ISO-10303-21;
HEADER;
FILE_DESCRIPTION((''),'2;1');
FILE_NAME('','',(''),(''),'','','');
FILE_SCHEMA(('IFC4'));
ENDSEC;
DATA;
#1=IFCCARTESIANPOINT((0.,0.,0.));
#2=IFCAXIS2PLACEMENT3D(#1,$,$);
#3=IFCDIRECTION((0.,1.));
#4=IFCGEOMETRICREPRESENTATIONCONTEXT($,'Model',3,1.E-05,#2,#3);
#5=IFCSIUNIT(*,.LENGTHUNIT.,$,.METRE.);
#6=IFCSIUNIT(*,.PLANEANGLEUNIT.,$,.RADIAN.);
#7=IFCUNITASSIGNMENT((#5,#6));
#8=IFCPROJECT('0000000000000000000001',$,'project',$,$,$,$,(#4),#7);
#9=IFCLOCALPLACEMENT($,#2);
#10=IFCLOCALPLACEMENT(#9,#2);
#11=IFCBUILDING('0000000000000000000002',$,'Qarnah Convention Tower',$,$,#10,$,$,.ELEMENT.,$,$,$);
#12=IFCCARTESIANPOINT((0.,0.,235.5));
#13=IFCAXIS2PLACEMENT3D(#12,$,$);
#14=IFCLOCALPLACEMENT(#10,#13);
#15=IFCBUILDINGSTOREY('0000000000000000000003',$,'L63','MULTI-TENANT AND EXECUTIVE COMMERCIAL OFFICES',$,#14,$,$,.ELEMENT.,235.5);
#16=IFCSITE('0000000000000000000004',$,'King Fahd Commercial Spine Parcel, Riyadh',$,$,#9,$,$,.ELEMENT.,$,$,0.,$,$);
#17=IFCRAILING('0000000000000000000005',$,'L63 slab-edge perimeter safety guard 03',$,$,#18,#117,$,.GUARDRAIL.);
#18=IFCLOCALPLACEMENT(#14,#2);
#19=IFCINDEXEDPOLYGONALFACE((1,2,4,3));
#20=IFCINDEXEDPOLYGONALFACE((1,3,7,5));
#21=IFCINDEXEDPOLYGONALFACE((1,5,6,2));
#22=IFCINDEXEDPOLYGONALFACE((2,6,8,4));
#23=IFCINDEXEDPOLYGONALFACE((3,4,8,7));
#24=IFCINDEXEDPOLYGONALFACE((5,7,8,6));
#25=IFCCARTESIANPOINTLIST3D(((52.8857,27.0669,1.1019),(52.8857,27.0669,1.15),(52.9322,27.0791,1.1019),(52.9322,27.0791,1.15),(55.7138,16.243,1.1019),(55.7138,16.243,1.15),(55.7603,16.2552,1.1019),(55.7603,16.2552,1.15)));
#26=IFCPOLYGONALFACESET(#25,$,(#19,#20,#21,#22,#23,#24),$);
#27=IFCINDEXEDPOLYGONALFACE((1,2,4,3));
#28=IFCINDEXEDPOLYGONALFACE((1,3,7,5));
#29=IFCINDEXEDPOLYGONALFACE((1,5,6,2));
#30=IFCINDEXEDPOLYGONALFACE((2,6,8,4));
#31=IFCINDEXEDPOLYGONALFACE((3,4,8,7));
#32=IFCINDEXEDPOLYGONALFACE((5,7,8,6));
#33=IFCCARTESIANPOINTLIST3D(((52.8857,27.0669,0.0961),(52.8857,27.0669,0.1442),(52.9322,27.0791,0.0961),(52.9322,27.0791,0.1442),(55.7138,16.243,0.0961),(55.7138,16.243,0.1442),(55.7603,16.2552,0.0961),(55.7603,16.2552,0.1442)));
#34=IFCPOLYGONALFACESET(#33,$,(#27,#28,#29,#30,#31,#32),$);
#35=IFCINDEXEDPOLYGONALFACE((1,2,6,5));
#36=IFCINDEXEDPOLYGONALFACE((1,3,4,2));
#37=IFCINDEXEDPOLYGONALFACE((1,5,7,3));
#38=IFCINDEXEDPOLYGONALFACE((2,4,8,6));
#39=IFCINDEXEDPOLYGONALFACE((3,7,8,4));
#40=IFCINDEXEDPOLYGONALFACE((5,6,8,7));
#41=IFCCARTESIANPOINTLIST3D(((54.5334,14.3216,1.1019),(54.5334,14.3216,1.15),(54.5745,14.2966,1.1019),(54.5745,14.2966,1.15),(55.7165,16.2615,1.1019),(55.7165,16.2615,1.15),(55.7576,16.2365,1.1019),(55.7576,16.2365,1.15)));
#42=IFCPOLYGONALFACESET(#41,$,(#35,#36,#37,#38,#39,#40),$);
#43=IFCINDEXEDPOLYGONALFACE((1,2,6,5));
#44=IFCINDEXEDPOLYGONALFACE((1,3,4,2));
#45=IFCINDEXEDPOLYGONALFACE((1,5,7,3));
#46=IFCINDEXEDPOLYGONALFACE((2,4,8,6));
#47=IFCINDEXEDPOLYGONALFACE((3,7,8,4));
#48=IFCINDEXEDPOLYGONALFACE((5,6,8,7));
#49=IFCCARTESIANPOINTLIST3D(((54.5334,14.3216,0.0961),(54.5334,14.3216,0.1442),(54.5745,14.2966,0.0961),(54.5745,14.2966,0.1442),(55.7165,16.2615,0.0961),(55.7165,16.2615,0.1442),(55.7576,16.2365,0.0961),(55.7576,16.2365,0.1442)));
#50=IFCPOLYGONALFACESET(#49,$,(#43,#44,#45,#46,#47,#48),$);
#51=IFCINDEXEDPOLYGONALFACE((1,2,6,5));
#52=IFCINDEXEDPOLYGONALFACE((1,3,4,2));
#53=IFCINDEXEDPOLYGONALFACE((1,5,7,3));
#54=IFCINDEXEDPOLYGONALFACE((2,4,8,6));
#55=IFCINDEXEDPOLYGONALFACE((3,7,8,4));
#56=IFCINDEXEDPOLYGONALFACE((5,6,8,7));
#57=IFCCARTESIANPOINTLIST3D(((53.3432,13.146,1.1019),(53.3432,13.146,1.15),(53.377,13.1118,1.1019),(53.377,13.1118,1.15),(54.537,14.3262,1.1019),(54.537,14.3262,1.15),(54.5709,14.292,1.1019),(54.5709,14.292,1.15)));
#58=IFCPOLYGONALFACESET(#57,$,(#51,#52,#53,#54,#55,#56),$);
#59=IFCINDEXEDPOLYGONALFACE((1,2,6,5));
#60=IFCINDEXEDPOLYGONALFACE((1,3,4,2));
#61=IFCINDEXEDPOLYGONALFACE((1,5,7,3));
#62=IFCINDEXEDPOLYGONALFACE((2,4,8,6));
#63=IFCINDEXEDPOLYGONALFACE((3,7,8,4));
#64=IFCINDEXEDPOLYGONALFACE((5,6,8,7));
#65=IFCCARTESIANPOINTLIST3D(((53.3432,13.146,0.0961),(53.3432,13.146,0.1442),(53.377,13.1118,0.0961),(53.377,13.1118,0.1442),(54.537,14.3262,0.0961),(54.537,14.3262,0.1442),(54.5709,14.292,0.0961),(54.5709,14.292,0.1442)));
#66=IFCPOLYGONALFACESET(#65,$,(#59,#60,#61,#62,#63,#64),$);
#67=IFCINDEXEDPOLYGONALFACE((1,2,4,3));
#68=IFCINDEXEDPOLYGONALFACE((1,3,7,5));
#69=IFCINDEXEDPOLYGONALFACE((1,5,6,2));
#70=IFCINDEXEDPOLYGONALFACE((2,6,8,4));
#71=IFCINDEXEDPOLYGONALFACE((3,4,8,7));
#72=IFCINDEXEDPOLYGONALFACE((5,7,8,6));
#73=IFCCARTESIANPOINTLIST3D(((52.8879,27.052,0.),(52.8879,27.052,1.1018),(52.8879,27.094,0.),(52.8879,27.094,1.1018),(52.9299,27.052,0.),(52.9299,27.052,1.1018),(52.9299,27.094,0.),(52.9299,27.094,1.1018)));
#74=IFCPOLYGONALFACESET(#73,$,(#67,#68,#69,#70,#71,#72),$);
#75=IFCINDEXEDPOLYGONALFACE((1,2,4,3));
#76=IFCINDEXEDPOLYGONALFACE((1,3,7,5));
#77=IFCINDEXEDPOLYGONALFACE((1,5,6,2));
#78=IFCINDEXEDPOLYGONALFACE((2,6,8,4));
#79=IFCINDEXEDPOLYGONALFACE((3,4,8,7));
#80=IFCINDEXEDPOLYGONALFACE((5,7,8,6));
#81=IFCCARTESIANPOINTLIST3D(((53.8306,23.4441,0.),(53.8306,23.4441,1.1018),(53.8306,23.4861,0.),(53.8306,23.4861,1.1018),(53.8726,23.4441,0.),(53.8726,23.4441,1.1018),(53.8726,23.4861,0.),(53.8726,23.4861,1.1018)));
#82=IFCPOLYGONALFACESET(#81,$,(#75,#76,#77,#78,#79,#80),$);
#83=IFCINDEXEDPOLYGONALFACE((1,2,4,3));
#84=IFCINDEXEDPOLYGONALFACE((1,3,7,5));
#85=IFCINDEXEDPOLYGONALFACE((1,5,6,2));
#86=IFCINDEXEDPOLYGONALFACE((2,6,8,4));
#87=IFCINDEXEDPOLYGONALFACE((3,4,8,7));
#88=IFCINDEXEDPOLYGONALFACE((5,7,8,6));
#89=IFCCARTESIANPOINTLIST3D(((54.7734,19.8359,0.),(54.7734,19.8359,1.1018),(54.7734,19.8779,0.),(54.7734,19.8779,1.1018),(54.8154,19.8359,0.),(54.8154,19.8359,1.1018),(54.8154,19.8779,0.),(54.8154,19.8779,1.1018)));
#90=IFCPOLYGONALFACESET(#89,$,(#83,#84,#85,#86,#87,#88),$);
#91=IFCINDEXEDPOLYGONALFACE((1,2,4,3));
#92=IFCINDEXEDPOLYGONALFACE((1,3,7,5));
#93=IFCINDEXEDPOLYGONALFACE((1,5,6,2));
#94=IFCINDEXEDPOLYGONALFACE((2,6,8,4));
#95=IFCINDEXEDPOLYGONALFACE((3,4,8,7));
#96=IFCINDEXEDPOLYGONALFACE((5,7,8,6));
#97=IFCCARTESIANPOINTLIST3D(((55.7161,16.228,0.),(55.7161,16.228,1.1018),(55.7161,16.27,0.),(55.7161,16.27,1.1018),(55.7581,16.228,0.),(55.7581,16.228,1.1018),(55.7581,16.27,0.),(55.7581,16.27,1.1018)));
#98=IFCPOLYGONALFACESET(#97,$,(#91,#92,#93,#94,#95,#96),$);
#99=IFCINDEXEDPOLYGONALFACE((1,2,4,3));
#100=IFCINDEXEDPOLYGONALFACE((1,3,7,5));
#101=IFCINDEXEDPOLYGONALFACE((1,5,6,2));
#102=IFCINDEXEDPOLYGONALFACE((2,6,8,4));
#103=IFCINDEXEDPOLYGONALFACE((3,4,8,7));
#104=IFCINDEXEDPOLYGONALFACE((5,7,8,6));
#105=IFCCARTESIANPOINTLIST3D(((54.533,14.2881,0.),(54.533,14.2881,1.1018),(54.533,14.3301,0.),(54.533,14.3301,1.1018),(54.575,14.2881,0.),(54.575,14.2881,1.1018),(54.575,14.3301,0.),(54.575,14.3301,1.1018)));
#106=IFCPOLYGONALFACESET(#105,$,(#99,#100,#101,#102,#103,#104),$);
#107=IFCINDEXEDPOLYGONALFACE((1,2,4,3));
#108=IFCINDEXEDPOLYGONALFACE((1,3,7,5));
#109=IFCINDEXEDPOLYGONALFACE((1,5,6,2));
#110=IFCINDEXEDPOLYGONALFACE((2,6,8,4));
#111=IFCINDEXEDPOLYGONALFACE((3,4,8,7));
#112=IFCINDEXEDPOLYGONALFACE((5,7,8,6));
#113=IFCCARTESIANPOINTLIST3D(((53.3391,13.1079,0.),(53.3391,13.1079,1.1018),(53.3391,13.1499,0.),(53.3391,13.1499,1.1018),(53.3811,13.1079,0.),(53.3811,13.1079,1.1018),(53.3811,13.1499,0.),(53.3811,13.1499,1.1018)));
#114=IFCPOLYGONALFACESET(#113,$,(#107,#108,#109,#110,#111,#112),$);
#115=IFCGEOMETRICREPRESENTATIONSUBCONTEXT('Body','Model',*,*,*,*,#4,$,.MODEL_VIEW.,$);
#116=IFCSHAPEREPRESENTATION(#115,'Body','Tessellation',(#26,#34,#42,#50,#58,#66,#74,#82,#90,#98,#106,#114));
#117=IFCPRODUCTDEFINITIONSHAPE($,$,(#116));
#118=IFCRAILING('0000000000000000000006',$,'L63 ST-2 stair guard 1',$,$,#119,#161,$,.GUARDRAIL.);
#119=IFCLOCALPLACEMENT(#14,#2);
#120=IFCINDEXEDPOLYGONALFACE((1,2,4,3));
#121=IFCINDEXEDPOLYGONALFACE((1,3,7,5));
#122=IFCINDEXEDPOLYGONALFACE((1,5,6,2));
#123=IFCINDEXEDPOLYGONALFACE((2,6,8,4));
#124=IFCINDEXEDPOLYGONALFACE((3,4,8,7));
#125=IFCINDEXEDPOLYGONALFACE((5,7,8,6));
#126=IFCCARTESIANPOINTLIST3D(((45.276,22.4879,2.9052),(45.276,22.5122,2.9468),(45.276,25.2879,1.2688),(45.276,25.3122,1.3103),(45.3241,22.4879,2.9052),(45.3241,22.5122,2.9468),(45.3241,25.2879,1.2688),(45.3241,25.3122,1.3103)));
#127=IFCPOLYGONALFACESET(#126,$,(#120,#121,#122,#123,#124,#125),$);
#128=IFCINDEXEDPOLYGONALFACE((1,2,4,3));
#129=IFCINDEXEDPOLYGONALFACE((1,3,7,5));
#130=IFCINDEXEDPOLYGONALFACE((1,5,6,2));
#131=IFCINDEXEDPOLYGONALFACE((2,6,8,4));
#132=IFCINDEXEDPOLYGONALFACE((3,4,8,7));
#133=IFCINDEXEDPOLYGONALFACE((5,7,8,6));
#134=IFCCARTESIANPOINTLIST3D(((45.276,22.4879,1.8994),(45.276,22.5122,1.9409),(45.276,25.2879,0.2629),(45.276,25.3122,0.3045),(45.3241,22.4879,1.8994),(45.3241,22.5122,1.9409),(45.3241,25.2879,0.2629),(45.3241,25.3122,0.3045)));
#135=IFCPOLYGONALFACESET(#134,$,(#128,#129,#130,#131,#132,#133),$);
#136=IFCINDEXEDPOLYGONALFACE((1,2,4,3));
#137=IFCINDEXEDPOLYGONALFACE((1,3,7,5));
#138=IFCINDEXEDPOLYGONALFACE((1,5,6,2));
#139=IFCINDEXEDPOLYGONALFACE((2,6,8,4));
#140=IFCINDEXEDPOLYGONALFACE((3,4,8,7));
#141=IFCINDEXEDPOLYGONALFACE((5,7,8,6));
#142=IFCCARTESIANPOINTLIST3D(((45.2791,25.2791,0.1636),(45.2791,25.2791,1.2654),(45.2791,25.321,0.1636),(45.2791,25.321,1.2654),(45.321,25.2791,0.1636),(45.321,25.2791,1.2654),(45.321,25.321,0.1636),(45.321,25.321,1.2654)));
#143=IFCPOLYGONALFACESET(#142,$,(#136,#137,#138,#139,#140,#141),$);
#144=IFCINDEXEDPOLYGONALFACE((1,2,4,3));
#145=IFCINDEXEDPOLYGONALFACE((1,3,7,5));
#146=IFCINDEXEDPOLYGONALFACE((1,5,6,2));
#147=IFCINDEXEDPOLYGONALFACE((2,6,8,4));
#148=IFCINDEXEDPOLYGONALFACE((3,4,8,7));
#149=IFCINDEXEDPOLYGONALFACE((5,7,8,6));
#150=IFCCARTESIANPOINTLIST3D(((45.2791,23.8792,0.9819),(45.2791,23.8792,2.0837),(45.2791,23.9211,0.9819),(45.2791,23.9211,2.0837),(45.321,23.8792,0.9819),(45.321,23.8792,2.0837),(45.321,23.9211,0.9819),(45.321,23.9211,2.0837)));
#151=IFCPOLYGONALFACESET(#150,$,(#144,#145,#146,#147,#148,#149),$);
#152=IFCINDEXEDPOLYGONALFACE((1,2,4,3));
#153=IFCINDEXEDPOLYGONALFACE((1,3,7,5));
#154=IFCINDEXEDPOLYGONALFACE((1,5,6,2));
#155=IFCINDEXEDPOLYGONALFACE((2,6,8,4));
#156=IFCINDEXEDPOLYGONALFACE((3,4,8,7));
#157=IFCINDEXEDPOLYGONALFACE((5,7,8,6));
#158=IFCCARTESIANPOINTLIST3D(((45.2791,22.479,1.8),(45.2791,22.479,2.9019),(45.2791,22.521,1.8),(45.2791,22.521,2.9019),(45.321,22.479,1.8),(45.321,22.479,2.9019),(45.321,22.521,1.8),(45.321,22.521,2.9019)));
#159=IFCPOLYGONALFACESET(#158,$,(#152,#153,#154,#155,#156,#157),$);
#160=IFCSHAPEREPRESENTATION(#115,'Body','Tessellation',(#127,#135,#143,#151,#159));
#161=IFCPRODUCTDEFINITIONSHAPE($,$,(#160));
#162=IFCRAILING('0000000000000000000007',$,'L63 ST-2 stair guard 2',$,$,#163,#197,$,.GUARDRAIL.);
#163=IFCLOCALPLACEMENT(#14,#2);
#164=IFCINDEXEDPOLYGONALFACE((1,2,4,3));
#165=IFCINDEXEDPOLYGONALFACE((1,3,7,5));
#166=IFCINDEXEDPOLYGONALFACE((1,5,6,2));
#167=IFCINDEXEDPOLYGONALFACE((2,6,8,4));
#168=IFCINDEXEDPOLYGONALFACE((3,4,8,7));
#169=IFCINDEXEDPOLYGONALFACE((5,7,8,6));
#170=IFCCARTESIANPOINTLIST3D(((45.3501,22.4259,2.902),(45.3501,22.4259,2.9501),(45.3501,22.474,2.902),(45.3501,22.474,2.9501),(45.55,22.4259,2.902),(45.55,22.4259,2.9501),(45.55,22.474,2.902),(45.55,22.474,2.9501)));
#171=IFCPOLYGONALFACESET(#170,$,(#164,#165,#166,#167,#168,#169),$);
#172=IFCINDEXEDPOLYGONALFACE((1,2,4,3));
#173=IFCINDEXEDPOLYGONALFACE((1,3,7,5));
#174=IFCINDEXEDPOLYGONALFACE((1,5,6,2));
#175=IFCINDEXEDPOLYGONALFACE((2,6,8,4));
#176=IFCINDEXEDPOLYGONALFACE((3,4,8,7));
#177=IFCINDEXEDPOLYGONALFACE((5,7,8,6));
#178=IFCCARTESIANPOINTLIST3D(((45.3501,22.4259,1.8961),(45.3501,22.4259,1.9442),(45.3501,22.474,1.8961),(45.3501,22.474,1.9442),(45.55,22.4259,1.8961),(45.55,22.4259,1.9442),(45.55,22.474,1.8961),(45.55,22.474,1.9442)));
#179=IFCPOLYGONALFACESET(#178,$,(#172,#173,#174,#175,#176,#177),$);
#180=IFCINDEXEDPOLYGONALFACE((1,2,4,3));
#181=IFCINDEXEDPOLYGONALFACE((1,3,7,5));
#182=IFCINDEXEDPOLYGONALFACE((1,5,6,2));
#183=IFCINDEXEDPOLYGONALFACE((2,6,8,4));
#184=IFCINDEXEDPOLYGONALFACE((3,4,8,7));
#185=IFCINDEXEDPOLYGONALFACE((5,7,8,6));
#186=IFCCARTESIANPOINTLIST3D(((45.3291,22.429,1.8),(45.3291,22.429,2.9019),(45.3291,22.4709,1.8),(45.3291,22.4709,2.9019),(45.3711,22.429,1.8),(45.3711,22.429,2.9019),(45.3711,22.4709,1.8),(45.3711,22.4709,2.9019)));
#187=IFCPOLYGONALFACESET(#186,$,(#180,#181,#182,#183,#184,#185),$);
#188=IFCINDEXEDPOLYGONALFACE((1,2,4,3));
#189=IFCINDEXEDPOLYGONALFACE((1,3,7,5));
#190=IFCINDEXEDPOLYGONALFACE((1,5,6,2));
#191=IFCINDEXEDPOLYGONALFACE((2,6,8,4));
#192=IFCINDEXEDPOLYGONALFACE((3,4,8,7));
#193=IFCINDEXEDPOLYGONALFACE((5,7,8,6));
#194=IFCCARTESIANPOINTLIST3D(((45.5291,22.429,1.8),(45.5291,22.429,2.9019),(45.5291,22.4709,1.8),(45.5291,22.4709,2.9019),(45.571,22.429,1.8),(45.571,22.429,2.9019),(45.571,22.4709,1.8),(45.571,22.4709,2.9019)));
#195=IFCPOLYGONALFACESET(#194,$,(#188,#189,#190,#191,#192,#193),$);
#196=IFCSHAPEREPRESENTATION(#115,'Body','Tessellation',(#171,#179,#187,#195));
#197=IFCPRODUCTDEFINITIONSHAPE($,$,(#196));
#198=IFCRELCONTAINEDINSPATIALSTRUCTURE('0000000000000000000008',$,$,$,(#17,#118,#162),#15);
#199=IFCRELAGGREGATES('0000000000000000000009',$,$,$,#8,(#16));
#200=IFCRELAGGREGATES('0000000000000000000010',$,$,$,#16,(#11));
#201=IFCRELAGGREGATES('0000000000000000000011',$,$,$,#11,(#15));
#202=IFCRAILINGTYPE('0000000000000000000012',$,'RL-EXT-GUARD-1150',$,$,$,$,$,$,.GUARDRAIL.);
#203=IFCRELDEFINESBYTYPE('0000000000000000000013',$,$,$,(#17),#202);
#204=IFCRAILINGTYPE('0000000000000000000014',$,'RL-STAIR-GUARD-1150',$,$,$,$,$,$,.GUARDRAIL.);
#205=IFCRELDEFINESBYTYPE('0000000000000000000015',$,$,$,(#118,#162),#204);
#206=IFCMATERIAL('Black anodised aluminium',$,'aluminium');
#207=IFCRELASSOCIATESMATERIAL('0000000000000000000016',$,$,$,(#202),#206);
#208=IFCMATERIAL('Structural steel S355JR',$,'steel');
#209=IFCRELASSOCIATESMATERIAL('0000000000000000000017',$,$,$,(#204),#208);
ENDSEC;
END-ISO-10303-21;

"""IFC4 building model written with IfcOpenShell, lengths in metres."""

from ifc_helpers import new_model, si_unit, direction, frame, origin, origin_2d, place, context, subcontext, project, spatial, rectangle, extrude, material, type_object, element, save


model = new_model("IFC4")

# Units and contexts
model_context = context("Model", 3, precision=1e-05, world=origin(), true_north=direction((0.0, 1.0)))
body_context = subcontext(model_context, "Body", "Model", "MODEL_VIEW")
ifc_project = project(units=[si_unit("LENGTHUNIT", "METRE"), si_unit("PLANEANGLEUNIT", "RADIAN")], contexts=[model_context])

# Site, building, storey
site_placement = place(None, origin())
site = spatial("IfcSite", under=ifc_project, at=site_placement, Name="King Fahd Commercial Spine Parcel, Riyadh", CompositionType="ELEMENT", RefElevation=0.0)
building_placement = place(site_placement, origin())
building = spatial("IfcBuilding", under=site, at=building_placement, Name="Qarnah Convention Tower", CompositionType="ELEMENT")
storey_placement = place(building_placement, frame((0.0, 0.0, 235.5)))
storey = spatial("IfcBuildingStorey", under=building, at=storey_placement, Name="L63", Description="MULTI-TENANT AND EXECUTIVE COMMERCIAL OFFICES", CompositionType="ELEMENT", Elevation=235.5)

# Shared definitions
ifc_material_1 = material(Name="Structural steel S355JR", Category="steel")

# Shared definitions
ifc_material_2 = material(Name="Black anodised aluminium", Category="aluminium")

# Railings
railing_type_1 = type_object("IfcRailingType", Name="RL-EXT-GUARD-1150", PredefinedType="GUARDRAIL", material=ifc_material_2)
railing_1_placement = place(storey_placement, frame((52.9089, 27.073, 0.0)))
element("IfcRailing", 1, at=railing_1_placement, inside=storey, type_object=railing_type_1, Name="L63 slab-edge perimeter safety guard 03", PredefinedType="GUARDRAIL", context=body_context, shape_type="SweptSolid", body=[
    extrude(rectangle(XDim=0.0481, YDim=0.0481, at=origin_2d()), frame((0.0, 0.0, 1.126), z_axis=(0.252797, -0.967519, 0.0), x_axis=(0.967519, 0.252797, 0.0)), (0.0, 0.0, 1.0), 11.1873),
    extrude(rectangle(XDim=0.0481, YDim=0.0481, at=origin_2d()), frame((0.0, 0.0, 0.1201), z_axis=(0.252797, -0.967519, 0.0), x_axis=(0.967519, 0.252797, 0.0)), (0.0, 0.0, 1.0), 11.1873),
    extrude(rectangle(XDim=0.0481, YDim=0.0481, at=origin_2d()), frame((2.8281, -10.824, 1.126), z_axis=(-0.520676, -0.853754, 0.0), x_axis=(0.853754, -0.520676, 0.0)), (0.0, 0.0, 1.0), 2.2722),
    extrude(rectangle(XDim=0.0481, YDim=0.0481, at=origin_2d()), frame((2.8281, -10.824, 0.1201), z_axis=(-0.520676, -0.853754, 0.0), x_axis=(0.853754, -0.520676, 0.0)), (0.0, 0.0, 1.0), 2.2722),
    extrude(rectangle(XDim=0.0481, YDim=0.0481, at=origin_2d()), frame((1.645, -12.7639, 1.126), z_axis=(-0.711167, -0.703023, 0.0), x_axis=(0.703023, -0.711167, 0.0)), (0.0, 0.0, 1.0), 1.6787),
    extrude(rectangle(XDim=0.0481, YDim=0.0481, at=origin_2d()), frame((1.645, -12.7639, 0.1201), z_axis=(-0.711167, -0.703023, 0.0), x_axis=(0.703023, -0.711167, 0.0)), (0.0, 0.0, 1.0), 1.6787),
    extrude(rectangle(XDim=0.042, YDim=0.042, at=origin_2d()), origin(), (0.0, 0.0, 1.0), 1.1018),
    extrude(rectangle(XDim=0.042, YDim=0.042, at=origin_2d()), frame((0.9426, -3.6079, 0.0)), (0.0, 0.0, 1.0), 1.1018),
    extrude(rectangle(XDim=0.042, YDim=0.042, at=origin_2d()), frame((1.8855, -7.2161, 0.0)), (0.0, 0.0, 1.0), 1.1018),
    extrude(rectangle(XDim=0.042, YDim=0.042, at=origin_2d()), frame((2.8281, -10.824, 0.0)), (0.0, 0.0, 1.0), 1.1018),
    extrude(rectangle(XDim=0.042, YDim=0.042, at=origin_2d()), frame((1.645, -12.7639, 0.0)), (0.0, 0.0, 1.0), 1.1018),
    extrude(rectangle(XDim=0.042, YDim=0.042, at=origin_2d()), frame((0.4512, -13.9441, 0.0)), (0.0, 0.0, 1.0), 1.1018),
])
railing_type_2 = type_object("IfcRailingType", Name="RL-STAIR-GUARD-1150", PredefinedType="GUARDRAIL", material=ifc_material_1)
railing_2_placement = place(storey_placement, frame((45.3, 25.3, 0.1636)))
element("IfcRailing", 2, at=railing_2_placement, inside=storey, type_object=railing_type_2, Name="L63 ST-2 stair guard 1", PredefinedType="GUARDRAIL", context=body_context, shape_type="SweptSolid", body=[
    extrude(rectangle(XDim=0.0481, YDim=0.0481, at=origin_2d()), frame((0.0, 0.0, 1.126), z_axis=(0.0, -0.863361, 0.504587), x_axis=(1.0, 0.0, 0.0)), (0.0, 0.0, 1.0), 3.2432),
    extrude(rectangle(XDim=0.0481, YDim=0.0481, at=origin_2d()), frame((0.0, 0.0, 0.1201), z_axis=(0.0, -0.863361, 0.504587), x_axis=(1.0, 0.0, 0.0)), (0.0, 0.0, 1.0), 3.2432),
    extrude(rectangle(XDim=0.042, YDim=0.042, at=origin_2d()), origin(), (0.0, 0.0, 1.0), 1.1018),
    extrude(rectangle(XDim=0.042, YDim=0.042, at=origin_2d()), frame((0.0, -1.3999, 0.8184)), (0.0, 0.0, 1.0), 1.1018),
    extrude(rectangle(XDim=0.042, YDim=0.042, at=origin_2d()), frame((0.0, -2.8, 1.6365)), (0.0, 0.0, 1.0), 1.1018),
])
railing_3_placement = place(storey_placement, frame((45.3501, 22.45, 1.8)))
element("IfcRailing", 3, at=railing_3_placement, inside=storey, type_object=railing_type_2, Name="L63 ST-2 stair guard 2", PredefinedType="GUARDRAIL", context=body_context, shape_type="SweptSolid", body=[
    extrude(rectangle(XDim=0.0481, YDim=0.0481, at=origin_2d()), frame((0.0, 0.0, 1.126), z_axis=(1.0, 0.0, 0.0), x_axis=(0.0, 1.0, 0.0)), (0.0, 0.0, 1.0), 0.2),
    extrude(rectangle(XDim=0.0481, YDim=0.0481, at=origin_2d()), frame((0.0, 0.0, 0.1201), z_axis=(1.0, 0.0, 0.0), x_axis=(0.0, 1.0, 0.0)), (0.0, 0.0, 1.0), 0.2),
    extrude(rectangle(XDim=0.042, YDim=0.042, at=origin_2d()), origin(), (0.0, 0.0, 1.0), 1.1018),
    extrude(rectangle(XDim=0.042, YDim=0.042, at=origin_2d()), frame((0.2, 0.0, 0.0)), (0.0, 0.0, 1.0), 1.1018),
])

save(model, "model.ifc")
